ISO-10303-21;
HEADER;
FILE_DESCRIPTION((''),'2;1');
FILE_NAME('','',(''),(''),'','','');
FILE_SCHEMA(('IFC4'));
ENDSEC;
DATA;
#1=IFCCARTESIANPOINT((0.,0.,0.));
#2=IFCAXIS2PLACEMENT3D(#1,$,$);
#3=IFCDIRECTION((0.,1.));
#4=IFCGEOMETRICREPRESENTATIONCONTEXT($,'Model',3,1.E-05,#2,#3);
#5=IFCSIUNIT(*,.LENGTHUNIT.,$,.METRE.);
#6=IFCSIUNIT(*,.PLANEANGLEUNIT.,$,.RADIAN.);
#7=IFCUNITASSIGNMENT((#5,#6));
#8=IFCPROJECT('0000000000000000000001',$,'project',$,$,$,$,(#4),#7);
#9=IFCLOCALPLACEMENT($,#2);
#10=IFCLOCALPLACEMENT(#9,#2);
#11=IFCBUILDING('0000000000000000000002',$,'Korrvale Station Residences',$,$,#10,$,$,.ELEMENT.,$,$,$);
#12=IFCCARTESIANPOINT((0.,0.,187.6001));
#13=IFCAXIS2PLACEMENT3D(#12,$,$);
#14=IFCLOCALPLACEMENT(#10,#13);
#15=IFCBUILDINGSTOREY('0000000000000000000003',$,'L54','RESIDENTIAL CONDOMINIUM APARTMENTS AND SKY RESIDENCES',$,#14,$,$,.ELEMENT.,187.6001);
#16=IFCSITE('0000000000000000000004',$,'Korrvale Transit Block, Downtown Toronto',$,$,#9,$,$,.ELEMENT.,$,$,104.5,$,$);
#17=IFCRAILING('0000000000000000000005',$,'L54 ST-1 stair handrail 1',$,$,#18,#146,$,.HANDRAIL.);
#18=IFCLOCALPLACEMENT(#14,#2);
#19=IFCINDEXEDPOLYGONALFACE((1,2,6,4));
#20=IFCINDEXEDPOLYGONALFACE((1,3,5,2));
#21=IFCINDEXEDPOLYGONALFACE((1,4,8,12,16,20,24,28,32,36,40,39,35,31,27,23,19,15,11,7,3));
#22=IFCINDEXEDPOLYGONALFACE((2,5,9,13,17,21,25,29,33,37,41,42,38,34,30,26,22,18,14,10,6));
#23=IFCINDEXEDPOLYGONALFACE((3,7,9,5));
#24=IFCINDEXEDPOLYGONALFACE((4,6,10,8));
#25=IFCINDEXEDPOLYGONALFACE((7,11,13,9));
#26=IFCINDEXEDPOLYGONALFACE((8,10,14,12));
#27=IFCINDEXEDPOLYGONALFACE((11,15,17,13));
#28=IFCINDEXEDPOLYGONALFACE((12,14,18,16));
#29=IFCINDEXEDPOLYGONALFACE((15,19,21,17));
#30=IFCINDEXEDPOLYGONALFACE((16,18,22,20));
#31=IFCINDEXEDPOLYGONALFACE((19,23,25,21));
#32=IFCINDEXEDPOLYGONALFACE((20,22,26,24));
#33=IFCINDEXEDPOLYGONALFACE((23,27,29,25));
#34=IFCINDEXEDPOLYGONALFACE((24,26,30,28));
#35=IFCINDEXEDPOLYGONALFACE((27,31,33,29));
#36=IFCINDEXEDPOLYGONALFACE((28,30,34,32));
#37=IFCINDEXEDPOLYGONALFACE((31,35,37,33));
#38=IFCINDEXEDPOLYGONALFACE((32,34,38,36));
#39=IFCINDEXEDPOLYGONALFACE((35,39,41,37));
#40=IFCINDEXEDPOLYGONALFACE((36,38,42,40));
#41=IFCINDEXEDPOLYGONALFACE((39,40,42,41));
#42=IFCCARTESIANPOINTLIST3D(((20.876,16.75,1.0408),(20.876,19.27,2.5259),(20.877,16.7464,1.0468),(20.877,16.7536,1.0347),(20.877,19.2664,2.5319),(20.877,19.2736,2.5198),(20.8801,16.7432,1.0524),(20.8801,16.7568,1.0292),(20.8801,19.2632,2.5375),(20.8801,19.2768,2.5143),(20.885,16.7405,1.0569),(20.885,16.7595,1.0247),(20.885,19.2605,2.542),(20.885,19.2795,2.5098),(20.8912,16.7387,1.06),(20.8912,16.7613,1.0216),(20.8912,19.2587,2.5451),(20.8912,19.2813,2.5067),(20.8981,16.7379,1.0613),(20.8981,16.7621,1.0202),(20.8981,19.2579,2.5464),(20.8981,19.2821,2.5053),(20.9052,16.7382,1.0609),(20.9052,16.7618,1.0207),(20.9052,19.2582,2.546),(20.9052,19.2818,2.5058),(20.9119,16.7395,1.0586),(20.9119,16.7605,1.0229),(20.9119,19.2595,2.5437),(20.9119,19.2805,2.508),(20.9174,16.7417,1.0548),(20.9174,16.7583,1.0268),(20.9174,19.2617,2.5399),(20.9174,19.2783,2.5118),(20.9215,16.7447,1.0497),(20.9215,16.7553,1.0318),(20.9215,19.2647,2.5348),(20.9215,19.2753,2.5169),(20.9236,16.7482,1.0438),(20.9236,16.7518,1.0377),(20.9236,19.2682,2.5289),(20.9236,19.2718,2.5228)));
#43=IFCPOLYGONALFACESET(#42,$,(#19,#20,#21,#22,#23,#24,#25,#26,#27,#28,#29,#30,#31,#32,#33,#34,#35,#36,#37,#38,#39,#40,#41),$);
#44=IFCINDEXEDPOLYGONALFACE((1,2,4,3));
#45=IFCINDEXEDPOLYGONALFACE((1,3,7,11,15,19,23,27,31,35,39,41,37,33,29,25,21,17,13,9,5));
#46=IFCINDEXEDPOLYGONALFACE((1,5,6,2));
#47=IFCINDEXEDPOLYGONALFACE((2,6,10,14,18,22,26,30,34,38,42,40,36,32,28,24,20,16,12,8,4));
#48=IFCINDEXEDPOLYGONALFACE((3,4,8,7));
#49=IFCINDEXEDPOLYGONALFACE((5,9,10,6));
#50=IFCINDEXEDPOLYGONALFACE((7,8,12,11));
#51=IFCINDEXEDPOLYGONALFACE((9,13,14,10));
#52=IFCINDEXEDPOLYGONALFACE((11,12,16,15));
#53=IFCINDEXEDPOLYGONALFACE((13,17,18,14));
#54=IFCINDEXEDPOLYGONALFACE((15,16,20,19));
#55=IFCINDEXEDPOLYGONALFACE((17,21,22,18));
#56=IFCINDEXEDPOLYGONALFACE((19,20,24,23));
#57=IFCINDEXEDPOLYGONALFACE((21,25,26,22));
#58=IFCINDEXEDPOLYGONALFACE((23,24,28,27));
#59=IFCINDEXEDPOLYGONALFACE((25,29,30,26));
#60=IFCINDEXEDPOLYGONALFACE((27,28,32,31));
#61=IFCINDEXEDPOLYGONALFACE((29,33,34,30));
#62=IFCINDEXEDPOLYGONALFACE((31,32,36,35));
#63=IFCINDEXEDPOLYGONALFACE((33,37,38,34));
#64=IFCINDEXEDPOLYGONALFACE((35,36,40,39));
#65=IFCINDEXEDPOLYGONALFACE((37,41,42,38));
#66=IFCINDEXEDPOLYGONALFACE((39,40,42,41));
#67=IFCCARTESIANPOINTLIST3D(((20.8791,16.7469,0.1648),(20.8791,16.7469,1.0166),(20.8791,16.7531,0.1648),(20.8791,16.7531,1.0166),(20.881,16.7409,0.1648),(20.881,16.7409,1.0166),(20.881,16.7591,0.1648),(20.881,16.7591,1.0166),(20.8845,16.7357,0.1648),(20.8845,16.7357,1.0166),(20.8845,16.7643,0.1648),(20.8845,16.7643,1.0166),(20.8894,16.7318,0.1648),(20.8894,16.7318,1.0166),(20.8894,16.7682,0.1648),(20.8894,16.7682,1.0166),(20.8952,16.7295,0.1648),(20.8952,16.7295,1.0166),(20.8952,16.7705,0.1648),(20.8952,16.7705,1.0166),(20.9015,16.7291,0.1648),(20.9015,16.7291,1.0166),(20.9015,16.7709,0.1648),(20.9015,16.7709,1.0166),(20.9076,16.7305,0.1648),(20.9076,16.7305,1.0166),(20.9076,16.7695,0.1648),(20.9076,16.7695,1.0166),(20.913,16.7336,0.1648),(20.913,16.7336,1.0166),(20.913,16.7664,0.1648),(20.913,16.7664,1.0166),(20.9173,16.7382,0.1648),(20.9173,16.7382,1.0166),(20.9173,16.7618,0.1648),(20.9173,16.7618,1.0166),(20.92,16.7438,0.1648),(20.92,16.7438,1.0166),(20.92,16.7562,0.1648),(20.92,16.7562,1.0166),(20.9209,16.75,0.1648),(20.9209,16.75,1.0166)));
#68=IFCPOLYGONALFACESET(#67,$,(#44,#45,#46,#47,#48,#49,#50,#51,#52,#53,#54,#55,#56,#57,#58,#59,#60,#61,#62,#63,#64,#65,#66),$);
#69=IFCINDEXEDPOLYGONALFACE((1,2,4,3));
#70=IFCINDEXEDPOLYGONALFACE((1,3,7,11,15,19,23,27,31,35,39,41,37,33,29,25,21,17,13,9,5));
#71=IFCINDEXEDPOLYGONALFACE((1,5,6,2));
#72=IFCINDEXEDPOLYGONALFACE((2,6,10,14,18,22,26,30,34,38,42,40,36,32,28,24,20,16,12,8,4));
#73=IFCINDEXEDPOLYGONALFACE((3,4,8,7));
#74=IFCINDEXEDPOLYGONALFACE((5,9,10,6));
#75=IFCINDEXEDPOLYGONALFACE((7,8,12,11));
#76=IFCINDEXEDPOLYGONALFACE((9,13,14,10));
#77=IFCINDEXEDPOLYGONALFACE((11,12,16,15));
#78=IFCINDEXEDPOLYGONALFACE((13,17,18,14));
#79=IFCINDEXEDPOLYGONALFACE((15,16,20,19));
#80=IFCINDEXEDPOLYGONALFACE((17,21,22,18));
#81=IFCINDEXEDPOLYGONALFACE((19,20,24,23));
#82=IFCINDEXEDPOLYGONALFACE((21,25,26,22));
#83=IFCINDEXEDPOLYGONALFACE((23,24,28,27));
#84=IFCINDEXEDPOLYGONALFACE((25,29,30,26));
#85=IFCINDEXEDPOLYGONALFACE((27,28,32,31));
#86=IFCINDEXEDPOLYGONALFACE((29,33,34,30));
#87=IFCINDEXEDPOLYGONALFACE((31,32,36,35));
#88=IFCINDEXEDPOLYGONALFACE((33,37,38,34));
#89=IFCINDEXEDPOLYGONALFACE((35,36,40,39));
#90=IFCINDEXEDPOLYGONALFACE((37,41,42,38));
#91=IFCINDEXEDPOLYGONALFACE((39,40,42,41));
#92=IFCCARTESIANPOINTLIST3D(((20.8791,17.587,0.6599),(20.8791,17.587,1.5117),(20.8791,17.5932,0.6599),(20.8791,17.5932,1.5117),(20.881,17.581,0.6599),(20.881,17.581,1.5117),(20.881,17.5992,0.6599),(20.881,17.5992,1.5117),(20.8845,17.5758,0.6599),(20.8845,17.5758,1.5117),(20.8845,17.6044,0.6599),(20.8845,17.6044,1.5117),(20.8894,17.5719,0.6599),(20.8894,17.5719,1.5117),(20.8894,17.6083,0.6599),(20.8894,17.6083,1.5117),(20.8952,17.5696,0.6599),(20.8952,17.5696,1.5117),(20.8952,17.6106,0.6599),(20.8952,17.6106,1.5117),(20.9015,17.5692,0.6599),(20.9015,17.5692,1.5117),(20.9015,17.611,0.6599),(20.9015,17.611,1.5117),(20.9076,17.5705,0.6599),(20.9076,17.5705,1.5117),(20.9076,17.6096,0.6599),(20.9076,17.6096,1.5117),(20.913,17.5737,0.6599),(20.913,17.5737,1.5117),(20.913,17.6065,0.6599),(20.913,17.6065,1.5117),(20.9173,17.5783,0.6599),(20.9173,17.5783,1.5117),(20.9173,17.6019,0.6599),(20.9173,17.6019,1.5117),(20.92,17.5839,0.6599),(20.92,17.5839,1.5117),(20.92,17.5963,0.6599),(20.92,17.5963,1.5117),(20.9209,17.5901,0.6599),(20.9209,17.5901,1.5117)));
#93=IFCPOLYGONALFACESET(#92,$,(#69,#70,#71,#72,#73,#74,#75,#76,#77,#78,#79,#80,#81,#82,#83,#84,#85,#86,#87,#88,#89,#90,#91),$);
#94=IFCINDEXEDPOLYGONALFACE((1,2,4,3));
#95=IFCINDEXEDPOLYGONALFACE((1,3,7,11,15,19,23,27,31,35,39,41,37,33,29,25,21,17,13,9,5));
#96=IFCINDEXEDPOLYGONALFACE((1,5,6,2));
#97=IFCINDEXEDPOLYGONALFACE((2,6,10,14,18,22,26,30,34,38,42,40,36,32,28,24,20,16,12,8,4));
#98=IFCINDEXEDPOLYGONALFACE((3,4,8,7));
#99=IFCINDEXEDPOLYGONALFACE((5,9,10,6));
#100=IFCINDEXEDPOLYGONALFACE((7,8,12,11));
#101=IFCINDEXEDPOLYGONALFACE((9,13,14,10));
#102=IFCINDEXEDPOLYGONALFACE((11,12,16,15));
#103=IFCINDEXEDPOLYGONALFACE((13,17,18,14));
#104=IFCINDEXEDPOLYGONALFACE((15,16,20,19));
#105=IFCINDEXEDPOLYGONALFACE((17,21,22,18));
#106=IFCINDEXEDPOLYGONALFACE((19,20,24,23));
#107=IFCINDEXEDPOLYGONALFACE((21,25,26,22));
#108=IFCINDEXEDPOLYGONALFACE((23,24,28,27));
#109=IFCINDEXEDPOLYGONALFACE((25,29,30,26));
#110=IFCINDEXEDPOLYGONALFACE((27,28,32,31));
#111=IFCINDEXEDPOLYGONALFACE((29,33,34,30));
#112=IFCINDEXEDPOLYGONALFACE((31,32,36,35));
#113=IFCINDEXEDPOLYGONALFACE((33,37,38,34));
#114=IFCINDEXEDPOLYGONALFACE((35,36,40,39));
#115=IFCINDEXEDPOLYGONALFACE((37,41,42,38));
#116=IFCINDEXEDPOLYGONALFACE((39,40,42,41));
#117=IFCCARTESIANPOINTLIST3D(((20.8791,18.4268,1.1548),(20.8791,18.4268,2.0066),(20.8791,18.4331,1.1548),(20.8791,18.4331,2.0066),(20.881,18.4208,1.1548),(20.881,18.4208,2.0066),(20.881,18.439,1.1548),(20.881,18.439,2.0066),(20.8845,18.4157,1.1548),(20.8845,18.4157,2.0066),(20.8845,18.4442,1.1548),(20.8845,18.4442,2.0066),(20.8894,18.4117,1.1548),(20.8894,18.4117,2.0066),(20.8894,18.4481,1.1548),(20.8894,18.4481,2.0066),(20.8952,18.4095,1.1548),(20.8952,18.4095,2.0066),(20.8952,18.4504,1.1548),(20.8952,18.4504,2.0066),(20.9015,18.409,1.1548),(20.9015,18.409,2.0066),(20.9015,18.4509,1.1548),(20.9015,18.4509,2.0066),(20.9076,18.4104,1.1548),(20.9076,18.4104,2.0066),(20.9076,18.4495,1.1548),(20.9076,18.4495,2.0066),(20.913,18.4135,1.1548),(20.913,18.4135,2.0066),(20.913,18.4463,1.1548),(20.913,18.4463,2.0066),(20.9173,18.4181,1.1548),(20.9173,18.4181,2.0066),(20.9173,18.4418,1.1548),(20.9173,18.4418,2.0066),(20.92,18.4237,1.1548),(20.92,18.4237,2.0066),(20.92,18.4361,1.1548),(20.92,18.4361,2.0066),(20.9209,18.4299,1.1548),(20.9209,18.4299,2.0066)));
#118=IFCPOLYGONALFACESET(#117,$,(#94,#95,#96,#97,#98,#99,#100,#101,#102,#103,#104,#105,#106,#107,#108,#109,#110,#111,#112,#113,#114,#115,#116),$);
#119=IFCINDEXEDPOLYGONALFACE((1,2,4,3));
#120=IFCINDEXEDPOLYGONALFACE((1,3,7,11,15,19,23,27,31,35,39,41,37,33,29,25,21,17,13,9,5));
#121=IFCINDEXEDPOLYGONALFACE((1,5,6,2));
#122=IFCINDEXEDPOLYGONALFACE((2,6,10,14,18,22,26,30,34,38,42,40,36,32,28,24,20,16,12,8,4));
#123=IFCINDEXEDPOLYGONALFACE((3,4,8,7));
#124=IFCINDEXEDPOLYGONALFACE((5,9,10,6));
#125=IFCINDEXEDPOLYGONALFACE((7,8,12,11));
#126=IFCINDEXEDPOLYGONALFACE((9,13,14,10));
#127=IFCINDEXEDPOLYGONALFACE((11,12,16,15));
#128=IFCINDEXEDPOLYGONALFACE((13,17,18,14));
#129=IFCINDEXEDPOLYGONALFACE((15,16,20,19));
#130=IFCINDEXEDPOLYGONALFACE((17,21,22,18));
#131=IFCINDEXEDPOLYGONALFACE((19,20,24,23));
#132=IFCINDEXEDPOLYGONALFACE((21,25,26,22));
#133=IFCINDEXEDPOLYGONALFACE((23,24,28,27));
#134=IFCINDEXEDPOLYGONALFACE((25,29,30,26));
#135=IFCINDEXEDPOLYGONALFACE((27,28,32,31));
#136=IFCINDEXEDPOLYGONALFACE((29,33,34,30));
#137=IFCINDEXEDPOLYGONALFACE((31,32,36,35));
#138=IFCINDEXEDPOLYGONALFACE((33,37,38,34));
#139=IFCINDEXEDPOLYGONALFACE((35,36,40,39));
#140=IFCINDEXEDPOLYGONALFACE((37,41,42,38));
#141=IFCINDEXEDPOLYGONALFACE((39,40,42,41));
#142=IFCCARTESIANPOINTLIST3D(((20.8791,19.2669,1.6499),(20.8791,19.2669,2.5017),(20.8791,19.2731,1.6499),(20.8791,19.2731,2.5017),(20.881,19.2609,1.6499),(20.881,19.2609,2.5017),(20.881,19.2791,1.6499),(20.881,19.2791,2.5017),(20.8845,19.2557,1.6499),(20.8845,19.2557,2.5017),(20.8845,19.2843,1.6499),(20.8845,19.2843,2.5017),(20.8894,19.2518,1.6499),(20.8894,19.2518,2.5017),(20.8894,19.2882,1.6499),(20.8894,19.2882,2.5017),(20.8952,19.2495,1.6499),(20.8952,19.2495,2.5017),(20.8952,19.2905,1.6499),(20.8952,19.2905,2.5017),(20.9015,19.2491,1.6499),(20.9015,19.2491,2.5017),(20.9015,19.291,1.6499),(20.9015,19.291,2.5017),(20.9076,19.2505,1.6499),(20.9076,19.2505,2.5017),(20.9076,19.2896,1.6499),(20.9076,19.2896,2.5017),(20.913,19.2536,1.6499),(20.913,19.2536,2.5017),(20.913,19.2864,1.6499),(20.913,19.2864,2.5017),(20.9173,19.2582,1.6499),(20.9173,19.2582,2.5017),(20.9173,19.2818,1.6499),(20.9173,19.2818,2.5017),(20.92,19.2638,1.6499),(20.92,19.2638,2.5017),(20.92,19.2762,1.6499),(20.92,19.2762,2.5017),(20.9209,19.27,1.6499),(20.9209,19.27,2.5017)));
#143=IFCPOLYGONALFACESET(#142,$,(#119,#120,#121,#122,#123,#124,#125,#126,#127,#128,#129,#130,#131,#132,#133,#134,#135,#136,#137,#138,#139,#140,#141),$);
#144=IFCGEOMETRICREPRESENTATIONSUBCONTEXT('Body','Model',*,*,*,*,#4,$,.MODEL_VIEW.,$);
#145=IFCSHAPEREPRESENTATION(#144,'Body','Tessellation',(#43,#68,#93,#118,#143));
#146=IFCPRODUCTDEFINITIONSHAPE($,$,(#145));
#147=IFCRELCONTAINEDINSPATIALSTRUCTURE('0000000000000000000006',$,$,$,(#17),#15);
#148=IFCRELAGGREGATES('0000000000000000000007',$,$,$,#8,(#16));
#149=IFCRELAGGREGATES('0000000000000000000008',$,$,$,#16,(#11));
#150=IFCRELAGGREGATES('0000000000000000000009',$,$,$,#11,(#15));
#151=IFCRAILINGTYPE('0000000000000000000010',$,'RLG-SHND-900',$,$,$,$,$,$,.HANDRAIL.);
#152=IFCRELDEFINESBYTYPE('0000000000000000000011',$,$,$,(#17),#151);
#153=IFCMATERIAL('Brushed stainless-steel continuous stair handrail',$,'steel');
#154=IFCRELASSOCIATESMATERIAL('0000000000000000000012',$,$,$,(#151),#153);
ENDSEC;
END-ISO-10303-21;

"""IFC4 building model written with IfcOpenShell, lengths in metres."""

from ifc_helpers import new_model, si_unit, direction, frame, origin, origin_2d, place, context, subcontext, project, spatial, circle, extrude, material, type_object, element, save


model = new_model("IFC4")

# Units and contexts
model_context = context("Model", 3, precision=1e-05, world=origin(), true_north=direction((0.0, 1.0)))
body_context = subcontext(model_context, "Body", "Model", "MODEL_VIEW")
ifc_project = project(units=[si_unit("LENGTHUNIT", "METRE"), si_unit("PLANEANGLEUNIT", "RADIAN")], contexts=[model_context])

# Site, building, storey
site_placement = place(None, origin())
site = spatial("IfcSite", under=ifc_project, at=site_placement, Name="Korrvale Transit Block, Downtown Toronto", CompositionType="ELEMENT", RefElevation=104.5)
building_placement = place(site_placement, origin())
building = spatial("IfcBuilding", under=site, at=building_placement, Name="Korrvale Station Residences", CompositionType="ELEMENT")
storey_placement = place(building_placement, frame((0.0, 0.0, 187.6001)))
storey = spatial("IfcBuildingStorey", under=building, at=storey_placement, Name="L54", Description="RESIDENTIAL CONDOMINIUM APARTMENTS AND SKY RESIDENCES", CompositionType="ELEMENT", Elevation=187.6001)

# Railing
ifc_material_1 = material(Name="Brushed stainless-steel continuous stair handrail", Category="steel")
railing_type_1 = type_object("IfcRailingType", Name="RLG-SHND-900", PredefinedType="HANDRAIL", material=ifc_material_1)
railing_1_placement = place(storey_placement, frame((20.8999, 16.75, 0.1648)))
element("IfcRailing", 1, at=railing_1_placement, inside=storey, type_object=railing_type_1, Name="L54 ST-1 stair handrail 1", PredefinedType="HANDRAIL", context=body_context, shape_type="SweptSolid", body=[
    extrude(circle(Radius=0.0239, at=origin_2d()), frame((0.0, 0.0, 0.876), z_axis=(0.0, 0.861524, 0.507717), x_axis=(-1.0, 0.0, 0.0)), (0.0, 0.0, 1.0), 2.925),
    extrude(circle(Radius=0.021, at=origin_2d()), origin(), (0.0, 0.0, 1.0), 0.8518),
    extrude(circle(Radius=0.021, at=origin_2d()), frame((0.0, 0.8401, 0.4951)), (0.0, 0.0, 1.0), 0.8518),
    extrude(circle(Radius=0.021, at=origin_2d()), frame((0.0, 1.6799, 0.99)), (0.0, 0.0, 1.0), 0.8518),
    extrude(circle(Radius=0.021, at=origin_2d()), frame((0.0, 2.52, 1.4851)), (0.0, 0.0, 1.0), 0.8518),
])

save(model, "model.ifc")
